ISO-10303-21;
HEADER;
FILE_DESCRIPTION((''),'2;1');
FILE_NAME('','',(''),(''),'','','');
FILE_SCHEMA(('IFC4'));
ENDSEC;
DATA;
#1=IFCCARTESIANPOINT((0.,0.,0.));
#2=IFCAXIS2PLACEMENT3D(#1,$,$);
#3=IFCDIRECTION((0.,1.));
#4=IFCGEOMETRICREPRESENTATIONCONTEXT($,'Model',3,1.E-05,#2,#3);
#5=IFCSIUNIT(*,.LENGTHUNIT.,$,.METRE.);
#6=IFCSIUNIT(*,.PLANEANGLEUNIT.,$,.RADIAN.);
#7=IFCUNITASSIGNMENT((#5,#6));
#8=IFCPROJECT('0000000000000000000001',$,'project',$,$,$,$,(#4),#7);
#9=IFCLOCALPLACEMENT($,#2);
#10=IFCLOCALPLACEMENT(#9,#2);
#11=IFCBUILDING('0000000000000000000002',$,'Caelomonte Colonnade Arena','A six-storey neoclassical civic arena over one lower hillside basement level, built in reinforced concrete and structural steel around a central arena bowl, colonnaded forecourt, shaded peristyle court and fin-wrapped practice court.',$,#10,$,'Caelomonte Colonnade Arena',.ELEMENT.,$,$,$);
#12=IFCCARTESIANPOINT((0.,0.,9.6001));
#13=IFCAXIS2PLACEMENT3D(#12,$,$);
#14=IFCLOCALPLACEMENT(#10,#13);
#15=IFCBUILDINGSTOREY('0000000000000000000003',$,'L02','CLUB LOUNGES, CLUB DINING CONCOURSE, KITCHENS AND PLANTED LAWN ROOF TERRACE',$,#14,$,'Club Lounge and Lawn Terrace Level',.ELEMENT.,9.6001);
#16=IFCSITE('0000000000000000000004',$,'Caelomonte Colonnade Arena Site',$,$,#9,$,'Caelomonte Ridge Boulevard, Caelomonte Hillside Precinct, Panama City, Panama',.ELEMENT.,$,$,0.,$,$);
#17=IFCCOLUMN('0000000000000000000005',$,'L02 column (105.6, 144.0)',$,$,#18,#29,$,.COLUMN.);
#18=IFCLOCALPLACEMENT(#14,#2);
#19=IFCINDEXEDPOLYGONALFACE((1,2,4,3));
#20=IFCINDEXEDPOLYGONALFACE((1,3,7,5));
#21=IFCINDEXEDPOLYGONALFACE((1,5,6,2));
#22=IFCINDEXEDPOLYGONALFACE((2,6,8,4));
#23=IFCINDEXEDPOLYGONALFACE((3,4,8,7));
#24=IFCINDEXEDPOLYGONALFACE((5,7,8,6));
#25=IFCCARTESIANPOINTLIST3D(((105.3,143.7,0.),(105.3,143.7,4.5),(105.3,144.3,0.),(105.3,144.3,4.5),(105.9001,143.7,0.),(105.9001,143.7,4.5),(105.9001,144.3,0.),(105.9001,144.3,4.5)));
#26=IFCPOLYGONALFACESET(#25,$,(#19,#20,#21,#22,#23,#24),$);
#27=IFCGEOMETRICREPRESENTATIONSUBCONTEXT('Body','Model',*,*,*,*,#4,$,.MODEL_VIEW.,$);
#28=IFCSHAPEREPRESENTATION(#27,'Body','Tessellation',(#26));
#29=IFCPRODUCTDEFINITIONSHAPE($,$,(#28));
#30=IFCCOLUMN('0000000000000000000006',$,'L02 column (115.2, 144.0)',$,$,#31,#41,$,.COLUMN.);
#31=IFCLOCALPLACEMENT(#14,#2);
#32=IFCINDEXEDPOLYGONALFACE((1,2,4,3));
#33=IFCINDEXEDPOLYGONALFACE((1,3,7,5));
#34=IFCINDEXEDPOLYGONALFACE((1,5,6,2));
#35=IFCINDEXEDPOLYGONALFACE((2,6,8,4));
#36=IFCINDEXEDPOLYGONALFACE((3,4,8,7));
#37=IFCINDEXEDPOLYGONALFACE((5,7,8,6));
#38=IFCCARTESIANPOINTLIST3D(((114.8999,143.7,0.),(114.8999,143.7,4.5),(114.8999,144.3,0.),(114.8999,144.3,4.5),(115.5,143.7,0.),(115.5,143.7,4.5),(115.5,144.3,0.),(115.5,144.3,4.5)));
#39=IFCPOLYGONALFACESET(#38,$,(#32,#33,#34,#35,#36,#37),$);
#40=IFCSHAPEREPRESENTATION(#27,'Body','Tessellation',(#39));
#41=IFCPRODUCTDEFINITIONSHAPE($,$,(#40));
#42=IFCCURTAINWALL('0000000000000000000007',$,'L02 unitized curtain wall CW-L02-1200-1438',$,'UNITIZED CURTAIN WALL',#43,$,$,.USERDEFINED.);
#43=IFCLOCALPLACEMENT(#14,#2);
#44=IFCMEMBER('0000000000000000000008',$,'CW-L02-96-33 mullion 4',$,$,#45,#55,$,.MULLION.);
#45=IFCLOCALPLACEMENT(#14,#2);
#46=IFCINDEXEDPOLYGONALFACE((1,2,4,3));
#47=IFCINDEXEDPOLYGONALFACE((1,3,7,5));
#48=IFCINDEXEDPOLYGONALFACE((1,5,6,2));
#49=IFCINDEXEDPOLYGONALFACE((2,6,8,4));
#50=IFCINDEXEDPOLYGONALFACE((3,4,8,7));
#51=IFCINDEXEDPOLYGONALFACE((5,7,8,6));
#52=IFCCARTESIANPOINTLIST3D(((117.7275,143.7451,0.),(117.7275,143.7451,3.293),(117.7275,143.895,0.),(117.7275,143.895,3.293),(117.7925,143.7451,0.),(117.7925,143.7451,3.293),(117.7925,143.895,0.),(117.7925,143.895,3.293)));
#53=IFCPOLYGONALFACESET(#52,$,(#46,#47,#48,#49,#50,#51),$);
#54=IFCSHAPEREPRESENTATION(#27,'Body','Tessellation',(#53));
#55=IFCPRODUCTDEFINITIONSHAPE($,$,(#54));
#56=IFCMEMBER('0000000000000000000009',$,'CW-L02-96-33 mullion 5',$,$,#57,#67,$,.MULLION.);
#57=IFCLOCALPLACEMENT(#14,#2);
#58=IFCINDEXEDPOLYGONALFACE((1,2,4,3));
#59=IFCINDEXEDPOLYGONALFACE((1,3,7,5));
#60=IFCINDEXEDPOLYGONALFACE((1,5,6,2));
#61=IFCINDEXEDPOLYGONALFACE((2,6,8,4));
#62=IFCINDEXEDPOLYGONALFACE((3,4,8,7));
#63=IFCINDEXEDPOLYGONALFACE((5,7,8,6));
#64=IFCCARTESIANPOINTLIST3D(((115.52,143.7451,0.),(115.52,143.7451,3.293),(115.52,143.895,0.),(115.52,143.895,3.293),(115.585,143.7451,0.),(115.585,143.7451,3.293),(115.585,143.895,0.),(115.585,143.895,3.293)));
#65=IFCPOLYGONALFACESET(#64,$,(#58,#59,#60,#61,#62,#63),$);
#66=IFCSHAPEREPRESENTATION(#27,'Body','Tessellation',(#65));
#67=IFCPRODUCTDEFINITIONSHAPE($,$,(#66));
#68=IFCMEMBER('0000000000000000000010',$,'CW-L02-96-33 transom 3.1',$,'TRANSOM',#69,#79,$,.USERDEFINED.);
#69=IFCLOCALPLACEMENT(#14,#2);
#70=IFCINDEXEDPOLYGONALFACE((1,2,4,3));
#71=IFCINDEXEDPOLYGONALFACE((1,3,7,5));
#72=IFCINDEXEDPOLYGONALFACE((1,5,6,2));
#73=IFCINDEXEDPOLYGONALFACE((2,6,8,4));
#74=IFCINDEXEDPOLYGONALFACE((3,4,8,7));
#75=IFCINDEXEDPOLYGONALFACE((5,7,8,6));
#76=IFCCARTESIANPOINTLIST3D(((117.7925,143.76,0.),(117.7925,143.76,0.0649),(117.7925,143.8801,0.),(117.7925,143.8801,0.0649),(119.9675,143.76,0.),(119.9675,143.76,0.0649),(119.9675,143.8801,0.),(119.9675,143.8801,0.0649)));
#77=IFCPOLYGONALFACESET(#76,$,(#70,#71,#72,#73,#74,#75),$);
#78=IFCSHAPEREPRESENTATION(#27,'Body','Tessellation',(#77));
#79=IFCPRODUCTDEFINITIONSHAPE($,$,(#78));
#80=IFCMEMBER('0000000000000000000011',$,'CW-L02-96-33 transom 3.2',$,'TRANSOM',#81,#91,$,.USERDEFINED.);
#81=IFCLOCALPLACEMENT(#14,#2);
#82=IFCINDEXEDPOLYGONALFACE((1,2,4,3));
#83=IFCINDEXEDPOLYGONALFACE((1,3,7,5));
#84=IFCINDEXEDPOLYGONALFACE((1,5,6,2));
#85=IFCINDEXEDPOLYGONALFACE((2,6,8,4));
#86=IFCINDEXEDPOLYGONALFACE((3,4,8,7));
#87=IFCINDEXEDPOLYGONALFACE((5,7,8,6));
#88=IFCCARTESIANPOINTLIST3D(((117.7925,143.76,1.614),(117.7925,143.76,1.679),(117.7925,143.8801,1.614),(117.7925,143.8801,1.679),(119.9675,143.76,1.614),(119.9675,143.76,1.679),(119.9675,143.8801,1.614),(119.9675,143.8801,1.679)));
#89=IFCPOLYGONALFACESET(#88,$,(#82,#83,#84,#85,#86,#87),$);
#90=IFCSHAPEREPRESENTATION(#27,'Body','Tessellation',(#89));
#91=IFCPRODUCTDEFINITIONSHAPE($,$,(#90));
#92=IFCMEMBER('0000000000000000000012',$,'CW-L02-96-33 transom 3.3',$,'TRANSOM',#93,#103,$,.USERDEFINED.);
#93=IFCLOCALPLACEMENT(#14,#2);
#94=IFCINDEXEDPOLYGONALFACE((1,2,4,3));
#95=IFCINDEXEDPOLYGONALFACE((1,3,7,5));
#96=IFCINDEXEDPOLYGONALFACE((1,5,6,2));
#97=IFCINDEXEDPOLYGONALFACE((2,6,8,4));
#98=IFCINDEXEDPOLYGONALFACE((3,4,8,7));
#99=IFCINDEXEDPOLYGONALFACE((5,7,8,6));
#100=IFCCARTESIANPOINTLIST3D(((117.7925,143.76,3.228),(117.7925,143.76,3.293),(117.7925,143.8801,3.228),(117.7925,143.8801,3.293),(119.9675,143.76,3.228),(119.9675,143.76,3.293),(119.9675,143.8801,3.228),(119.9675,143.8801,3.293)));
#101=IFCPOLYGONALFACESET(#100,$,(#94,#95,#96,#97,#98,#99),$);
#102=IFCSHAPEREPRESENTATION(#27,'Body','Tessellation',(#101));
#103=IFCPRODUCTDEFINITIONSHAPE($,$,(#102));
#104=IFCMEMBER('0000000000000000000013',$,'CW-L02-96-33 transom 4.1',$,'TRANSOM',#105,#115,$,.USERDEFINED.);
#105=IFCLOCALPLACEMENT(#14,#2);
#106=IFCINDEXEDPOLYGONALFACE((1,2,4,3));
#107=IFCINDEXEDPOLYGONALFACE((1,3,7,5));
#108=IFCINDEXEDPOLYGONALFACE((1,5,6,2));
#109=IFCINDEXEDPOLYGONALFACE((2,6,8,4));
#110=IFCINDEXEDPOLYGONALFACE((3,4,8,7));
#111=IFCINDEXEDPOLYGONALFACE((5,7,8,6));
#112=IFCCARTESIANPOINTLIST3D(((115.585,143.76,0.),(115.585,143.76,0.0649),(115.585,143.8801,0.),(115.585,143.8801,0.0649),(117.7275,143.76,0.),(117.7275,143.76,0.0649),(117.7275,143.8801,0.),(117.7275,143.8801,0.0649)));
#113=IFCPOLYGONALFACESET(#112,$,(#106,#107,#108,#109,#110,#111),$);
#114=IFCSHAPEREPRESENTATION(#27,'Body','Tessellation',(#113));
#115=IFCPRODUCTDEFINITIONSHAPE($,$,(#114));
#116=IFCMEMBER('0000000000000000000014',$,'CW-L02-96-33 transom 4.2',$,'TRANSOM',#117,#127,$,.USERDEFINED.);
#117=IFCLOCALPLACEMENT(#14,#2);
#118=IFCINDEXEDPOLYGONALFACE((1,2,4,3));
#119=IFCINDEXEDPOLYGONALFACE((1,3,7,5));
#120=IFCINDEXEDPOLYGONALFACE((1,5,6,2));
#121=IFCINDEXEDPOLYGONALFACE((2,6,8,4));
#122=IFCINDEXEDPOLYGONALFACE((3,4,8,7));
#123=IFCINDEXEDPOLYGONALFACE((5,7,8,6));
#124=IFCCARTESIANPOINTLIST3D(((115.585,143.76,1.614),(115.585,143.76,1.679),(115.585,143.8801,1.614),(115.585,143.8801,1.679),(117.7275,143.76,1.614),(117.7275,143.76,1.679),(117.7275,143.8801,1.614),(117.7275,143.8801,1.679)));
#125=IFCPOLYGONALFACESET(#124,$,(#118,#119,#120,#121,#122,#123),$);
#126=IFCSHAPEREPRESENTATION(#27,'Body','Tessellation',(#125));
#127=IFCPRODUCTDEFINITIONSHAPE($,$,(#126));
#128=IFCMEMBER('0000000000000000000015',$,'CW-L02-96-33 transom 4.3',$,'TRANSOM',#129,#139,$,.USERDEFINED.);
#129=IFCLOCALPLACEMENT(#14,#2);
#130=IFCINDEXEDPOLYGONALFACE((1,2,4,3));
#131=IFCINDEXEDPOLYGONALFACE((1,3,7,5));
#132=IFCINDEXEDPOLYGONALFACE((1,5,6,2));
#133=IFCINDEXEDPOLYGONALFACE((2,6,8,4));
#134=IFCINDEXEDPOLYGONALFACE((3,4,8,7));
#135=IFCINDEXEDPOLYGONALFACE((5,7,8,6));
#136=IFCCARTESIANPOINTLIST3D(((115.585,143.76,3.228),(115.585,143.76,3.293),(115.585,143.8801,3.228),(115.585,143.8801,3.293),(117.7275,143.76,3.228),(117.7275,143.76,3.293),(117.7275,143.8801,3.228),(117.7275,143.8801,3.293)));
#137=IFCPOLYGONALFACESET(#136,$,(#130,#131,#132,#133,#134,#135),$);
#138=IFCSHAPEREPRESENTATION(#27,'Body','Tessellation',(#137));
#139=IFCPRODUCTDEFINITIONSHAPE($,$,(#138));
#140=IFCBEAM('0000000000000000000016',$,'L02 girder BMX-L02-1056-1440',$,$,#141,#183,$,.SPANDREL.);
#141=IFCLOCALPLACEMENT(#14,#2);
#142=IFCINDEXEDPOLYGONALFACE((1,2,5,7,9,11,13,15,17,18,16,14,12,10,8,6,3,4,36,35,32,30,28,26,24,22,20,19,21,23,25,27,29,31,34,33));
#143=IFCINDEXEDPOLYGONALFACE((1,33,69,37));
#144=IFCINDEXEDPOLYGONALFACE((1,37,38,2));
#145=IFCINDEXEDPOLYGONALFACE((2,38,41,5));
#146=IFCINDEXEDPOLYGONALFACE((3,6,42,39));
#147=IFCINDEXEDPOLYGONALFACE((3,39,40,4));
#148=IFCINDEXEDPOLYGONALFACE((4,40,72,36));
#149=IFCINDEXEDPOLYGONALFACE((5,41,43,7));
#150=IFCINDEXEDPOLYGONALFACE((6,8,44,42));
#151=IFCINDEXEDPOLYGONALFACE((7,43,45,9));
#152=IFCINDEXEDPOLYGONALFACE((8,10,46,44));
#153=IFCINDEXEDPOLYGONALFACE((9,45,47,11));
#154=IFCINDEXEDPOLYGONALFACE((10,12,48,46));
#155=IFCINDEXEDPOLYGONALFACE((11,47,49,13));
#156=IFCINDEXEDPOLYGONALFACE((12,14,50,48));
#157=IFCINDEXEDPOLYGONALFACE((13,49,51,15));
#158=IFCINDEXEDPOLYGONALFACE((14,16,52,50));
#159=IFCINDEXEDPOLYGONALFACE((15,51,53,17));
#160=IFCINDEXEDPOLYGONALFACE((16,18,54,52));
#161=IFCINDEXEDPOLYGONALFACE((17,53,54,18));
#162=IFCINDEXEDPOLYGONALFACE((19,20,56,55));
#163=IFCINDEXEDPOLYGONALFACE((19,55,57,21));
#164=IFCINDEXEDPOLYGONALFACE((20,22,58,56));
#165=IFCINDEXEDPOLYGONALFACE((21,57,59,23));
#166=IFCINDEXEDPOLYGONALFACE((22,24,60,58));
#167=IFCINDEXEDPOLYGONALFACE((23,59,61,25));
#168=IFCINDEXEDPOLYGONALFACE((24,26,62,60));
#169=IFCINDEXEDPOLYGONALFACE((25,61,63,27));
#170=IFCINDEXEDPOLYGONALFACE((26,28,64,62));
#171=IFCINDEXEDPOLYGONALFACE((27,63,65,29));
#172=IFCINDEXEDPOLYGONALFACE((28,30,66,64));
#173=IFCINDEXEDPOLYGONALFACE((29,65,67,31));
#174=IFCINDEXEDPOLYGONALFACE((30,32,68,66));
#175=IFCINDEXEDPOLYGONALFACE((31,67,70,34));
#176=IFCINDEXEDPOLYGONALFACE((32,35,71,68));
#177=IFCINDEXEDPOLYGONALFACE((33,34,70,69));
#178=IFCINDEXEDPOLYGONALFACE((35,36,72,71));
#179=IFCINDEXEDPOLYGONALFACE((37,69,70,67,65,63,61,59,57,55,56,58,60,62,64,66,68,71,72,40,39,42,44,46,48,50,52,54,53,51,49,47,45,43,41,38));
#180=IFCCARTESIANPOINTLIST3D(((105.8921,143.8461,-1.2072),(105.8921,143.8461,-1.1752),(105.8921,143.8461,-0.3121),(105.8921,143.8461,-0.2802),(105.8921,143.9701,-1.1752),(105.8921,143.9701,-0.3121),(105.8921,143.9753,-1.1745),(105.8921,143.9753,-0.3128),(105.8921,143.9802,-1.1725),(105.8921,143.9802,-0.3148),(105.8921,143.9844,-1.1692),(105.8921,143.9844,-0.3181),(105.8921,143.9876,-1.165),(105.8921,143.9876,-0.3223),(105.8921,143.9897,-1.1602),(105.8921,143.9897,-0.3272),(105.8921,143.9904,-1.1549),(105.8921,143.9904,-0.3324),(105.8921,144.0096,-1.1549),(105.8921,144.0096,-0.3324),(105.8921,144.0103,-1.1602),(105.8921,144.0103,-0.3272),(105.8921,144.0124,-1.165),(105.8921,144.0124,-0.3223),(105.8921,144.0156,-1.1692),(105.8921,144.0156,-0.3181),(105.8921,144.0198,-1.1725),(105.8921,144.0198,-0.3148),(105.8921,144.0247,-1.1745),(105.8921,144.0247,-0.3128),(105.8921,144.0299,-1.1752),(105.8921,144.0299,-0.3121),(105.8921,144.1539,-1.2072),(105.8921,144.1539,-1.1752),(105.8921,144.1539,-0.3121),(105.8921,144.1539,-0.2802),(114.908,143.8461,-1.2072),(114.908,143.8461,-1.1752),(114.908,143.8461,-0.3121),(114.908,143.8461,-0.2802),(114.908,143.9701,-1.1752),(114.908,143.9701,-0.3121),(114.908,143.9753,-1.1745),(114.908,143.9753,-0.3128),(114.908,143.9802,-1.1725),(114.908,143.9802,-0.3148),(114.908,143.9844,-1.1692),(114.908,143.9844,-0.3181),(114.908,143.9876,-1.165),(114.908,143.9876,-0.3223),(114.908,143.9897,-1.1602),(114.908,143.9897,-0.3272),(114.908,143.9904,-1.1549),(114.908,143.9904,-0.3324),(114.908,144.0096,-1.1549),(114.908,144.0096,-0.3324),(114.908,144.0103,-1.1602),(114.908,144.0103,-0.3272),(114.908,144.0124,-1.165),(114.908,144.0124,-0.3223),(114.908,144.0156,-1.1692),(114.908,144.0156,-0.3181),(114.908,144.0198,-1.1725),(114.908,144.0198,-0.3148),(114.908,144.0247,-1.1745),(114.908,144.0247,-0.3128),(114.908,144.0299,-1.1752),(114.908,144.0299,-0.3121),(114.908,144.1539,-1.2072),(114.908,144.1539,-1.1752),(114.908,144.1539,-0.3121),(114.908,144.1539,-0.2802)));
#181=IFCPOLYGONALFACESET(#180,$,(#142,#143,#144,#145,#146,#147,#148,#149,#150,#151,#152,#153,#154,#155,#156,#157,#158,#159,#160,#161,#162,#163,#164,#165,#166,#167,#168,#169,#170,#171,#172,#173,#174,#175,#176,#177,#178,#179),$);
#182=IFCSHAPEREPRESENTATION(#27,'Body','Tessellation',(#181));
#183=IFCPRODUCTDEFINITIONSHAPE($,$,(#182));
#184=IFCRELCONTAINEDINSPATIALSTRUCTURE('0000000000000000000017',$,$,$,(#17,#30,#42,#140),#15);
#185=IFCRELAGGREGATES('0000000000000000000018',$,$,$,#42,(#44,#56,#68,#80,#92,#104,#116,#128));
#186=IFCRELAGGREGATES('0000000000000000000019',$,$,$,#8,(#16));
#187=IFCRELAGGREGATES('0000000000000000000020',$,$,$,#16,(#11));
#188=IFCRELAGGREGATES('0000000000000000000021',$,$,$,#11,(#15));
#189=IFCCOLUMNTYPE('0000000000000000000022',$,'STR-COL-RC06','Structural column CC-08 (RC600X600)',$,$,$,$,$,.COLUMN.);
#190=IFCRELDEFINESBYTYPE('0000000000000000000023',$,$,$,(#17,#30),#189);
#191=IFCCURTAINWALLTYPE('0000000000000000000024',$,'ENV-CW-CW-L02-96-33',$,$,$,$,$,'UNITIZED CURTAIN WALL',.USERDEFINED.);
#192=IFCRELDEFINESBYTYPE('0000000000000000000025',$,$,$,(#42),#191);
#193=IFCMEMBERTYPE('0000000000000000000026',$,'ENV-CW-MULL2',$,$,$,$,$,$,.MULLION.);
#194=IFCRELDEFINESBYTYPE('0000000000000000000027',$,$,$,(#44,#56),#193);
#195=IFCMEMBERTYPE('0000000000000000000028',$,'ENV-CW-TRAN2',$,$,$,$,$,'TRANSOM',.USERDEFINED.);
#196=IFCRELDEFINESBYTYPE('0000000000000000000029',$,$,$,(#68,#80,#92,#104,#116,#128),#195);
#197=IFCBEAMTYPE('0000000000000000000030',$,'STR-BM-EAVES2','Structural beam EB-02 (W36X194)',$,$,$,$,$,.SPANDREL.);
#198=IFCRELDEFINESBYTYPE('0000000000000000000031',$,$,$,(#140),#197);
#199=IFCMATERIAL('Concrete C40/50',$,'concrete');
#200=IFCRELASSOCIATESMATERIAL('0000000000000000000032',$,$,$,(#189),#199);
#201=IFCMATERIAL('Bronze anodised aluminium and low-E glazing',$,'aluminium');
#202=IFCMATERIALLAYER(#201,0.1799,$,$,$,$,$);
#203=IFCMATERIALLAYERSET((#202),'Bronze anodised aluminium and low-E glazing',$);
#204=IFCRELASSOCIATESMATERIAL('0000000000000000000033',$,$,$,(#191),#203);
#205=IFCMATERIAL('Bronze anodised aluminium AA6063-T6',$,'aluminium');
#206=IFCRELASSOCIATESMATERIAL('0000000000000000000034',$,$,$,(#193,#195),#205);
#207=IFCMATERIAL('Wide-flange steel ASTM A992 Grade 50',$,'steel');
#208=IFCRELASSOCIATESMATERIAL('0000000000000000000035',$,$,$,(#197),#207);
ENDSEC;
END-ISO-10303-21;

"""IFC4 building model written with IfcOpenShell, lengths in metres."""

from ifc_helpers import new_model, si_unit, direction, frame, origin, origin_2d, place, context, subcontext, project, spatial, rectangle, i_section, extrude, material, layer, layer_set, material_profile, profile_set, type_object, element, aggregate, save


model = new_model("IFC4")

# Units and contexts
model_context = context("Model", 3, precision=1e-05, world=origin(), true_north=direction((0.0, 1.0)))
body_context = subcontext(model_context, "Body", "Model", "MODEL_VIEW")
ifc_project = project(units=[si_unit("LENGTHUNIT", "METRE"), si_unit("PLANEANGLEUNIT", "RADIAN")], contexts=[model_context])

# Site, building, storey
site_placement = place(None, origin())
site = spatial("IfcSite", under=ifc_project, at=site_placement, Name="Caelomonte Colonnade Arena Site", LongName="Caelomonte Ridge Boulevard, Caelomonte Hillside Precinct, Panama City, Panama", CompositionType="ELEMENT", RefElevation=0.0)
building_placement = place(site_placement, origin())
building = spatial("IfcBuilding", under=site, at=building_placement, Name="Caelomonte Colonnade Arena", Description="A six-storey neoclassical civic arena over one lower hillside basement level, built in reinforced concrete and structural steel around a central arena bowl, colonnaded forecourt, shaded peristyle court and fin-wrapped practice court.", LongName="Caelomonte Colonnade Arena", CompositionType="ELEMENT")
storey_placement = place(building_placement, frame((0.0, 0.0, 9.6001)))
storey = spatial("IfcBuildingStorey", under=building, at=storey_placement, Name="L02", Description="CLUB LOUNGES, CLUB DINING CONCOURSE, KITCHENS AND PLANTED LAWN ROOF TERRACE", LongName="Club Lounge and Lawn Terrace Level", CompositionType="ELEMENT", Elevation=9.6001)

# Columns
ifc_material_1 = material(Name="Concrete C40/50", Category="concrete")
ifc_material_profile_1 = material_profile(ifc_material_1, rectangle(XDim=0.6001, YDim=0.6001, at=origin_2d()), Name="RC600X600")
ifc_profile_set_1 = profile_set([ifc_material_profile_1], Name="Concrete C40/50")
column_type = type_object("IfcColumnType", Name="STR-COL-RC06", Description="Structural column CC-08 (RC600X600)", PredefinedType="COLUMN", material=ifc_profile_set_1)
for number, where, z_axis, x_axis, name in (
    (1, (105.6001, 144.0, 0.0), (0.0, 0.0, 1.0), (1.0, 0.0, 0.0), "L02 column (105.6, 144.0)"),
    (2, (115.2, 144.0, 0.0), (0.0, 0.0, 1.0), (1.0, 0.0, 0.0), "L02 column (115.2, 144.0)"),
):
    element("IfcColumn", number, at=place(storey_placement, frame(where, z_axis=z_axis, x_axis=x_axis)), inside=storey, type_object=column_type, Name=name, PredefinedType="COLUMN", context=body_context, shape_type="SweptSolid", body=[
        extrude(rectangle(XDim=0.6001, YDim=0.6001, at=origin_2d()), origin(), (0.0, 0.0, 1.0), 4.5),
    ])

# Curtain wall, members
ifc_material_2 = material(Name="Bronze anodised aluminium and low-E glazing", Category="aluminium")
ifc_layer_1 = layer(ifc_material_2, 0.1799)
ifc_layer_set_1 = layer_set([ifc_layer_1], Name="Bronze anodised aluminium and low-E glazing")
curtain_wall_type = type_object("IfcCurtainWallType", Name="ENV-CW-CW-L02-96-33", ElementType="UNITIZED CURTAIN WALL", PredefinedType="USERDEFINED", material=ifc_layer_set_1)
curtain_wall_placement = place(storey_placement, origin())
curtain_wall = element("IfcCurtainWall", 3, at=curtain_wall_placement, inside=storey, type_object=curtain_wall_type, Name="L02 unitized curtain wall CW-L02-1200-1438", ObjectType="UNITIZED CURTAIN WALL", PredefinedType="USERDEFINED")
ifc_material_3 = material(Name="Bronze anodised aluminium AA6063-T6", Category="aluminium")
ifc_material_profile_2 = material_profile(ifc_material_3, rectangle(XDim=0.0649, YDim=0.1499, at=origin_2d()), Name="CWM-65X150")
ifc_profile_set_2 = profile_set([ifc_material_profile_2], Name="Bronze anodised aluminium AA6063-T6")
member_type_1 = type_object("IfcMemberType", Name="ENV-CW-MULL2", PredefinedType="MULLION", material=ifc_profile_set_2)
member_1_placement = place(storey_placement, frame((117.76, 143.8201, 0.0), z_axis=(0.0, 0.0, 1.0), x_axis=(-1.0, 0.0, 0.0)))
member_1 = element("IfcMember", 4, at=member_1_placement, type_object=member_type_1, Name="CW-L02-96-33 mullion 4", PredefinedType="MULLION", context=body_context, shape_type="SweptSolid", body=[
    extrude(rectangle(XDim=0.0649, YDim=0.1499, at=origin_2d()), origin(), (0.0, 0.0, 1.0), 3.293),
])
member_2_placement = place(storey_placement, frame((115.5525, 143.8201, 0.0), z_axis=(0.0, 0.0, 1.0), x_axis=(-1.0, 0.0, 0.0)))
member_2 = element("IfcMember", 5, at=member_2_placement, type_object=member_type_1, Name="CW-L02-96-33 mullion 5", PredefinedType="MULLION", context=body_context, shape_type="SweptSolid", body=[
    extrude(rectangle(XDim=0.0649, YDim=0.1499, at=origin_2d()), origin(), (0.0, 0.0, 1.0), 3.293),
])
ifc_material_profile_3 = material_profile(ifc_material_3, rectangle(XDim=0.0649, YDim=0.1201, at=origin_2d()), Name="CWT-65X120")
ifc_profile_set_3 = profile_set([ifc_material_profile_3], Name="Bronze anodised aluminium AA6063-T6")
member_type_2 = type_object("IfcMemberType", Name="ENV-CW-TRAN2", ElementType="TRANSOM", PredefinedType="USERDEFINED", material=ifc_profile_set_3)
member_3_placement = place(storey_placement, frame((119.9675, 143.8201, 0.0325), z_axis=(-1.0, 0.0, 0.0), x_axis=(0.0, 0.0, 1.0)))
member_3 = element("IfcMember", 6, at=member_3_placement, type_object=member_type_2, Name="CW-L02-96-33 transom 3.1", ObjectType="TRANSOM", PredefinedType="USERDEFINED", context=body_context, shape_type="SweptSolid", body=[
    extrude(rectangle(XDim=0.0649, YDim=0.1201, at=origin_2d()), origin(), (0.0, 0.0, 1.0), 2.175),
])
member_4_placement = place(storey_placement, frame((119.9675, 143.8201, 1.6465), z_axis=(-1.0, 0.0, 0.0), x_axis=(0.0, 0.0, 1.0)))
member_4 = element("IfcMember", 7, at=member_4_placement, type_object=member_type_2, Name="CW-L02-96-33 transom 3.2", ObjectType="TRANSOM", PredefinedType="USERDEFINED", context=body_context, shape_type="SweptSolid", body=[
    extrude(rectangle(XDim=0.0649, YDim=0.1201, at=origin_2d()), origin(), (0.0, 0.0, 1.0), 2.175),
])
member_5_placement = place(storey_placement, frame((119.9675, 143.8201, 3.2605), z_axis=(-1.0, 0.0, 0.0), x_axis=(0.0, 0.0, 1.0)))
member_5 = element("IfcMember", 8, at=member_5_placement, type_object=member_type_2, Name="CW-L02-96-33 transom 3.3", ObjectType="TRANSOM", PredefinedType="USERDEFINED", context=body_context, shape_type="SweptSolid", body=[
    extrude(rectangle(XDim=0.0649, YDim=0.1201, at=origin_2d()), origin(), (0.0, 0.0, 1.0), 2.175),
])
member_6_placement = place(storey_placement, frame((117.7275, 143.8201, 0.0325), z_axis=(-1.0, 0.0, 0.0), x_axis=(0.0, 0.0, 1.0)))
member_6 = element("IfcMember", 9, at=member_6_placement, type_object=member_type_2, Name="CW-L02-96-33 transom 4.1", ObjectType="TRANSOM", PredefinedType="USERDEFINED", context=body_context, shape_type="SweptSolid", body=[
    extrude(rectangle(XDim=0.0649, YDim=0.1201, at=origin_2d()), origin(), (0.0, 0.0, 1.0), 2.1426),
])
member_7_placement = place(storey_placement, frame((117.7275, 143.8201, 1.6465), z_axis=(-1.0, 0.0, 0.0), x_axis=(0.0, 0.0, 1.0)))
member_7 = element("IfcMember", 10, at=member_7_placement, type_object=member_type_2, Name="CW-L02-96-33 transom 4.2", ObjectType="TRANSOM", PredefinedType="USERDEFINED", context=body_context, shape_type="SweptSolid", body=[
    extrude(rectangle(XDim=0.0649, YDim=0.1201, at=origin_2d()), origin(), (0.0, 0.0, 1.0), 2.1426),
])
member_8_placement = place(storey_placement, frame((117.7275, 143.8201, 3.2605), z_axis=(-1.0, 0.0, 0.0), x_axis=(0.0, 0.0, 1.0)))
member_8 = element("IfcMember", 11, at=member_8_placement, type_object=member_type_2, Name="CW-L02-96-33 transom 4.3", ObjectType="TRANSOM", PredefinedType="USERDEFINED", context=body_context, shape_type="SweptSolid", body=[
    extrude(rectangle(XDim=0.0649, YDim=0.1201, at=origin_2d()), origin(), (0.0, 0.0, 1.0), 2.1426),
])

# Beam
ifc_material_4 = material(Name="Wide-flange steel ASTM A992 Grade 50", Category="steel")
ifc_material_profile_4 = material_profile(ifc_material_4, i_section(OverallWidth=0.3079, OverallDepth=0.927, WebThickness=0.0193, FlangeThickness=0.032, FilletRadius=0.0203, at=origin_2d()), Name="W36X194")
ifc_profile_set_4 = profile_set([ifc_material_profile_4], Name="Wide-flange steel ASTM A992 Grade 50")
beam_type_1 = type_object("IfcBeamType", Name="STR-BM-EAVES2", Description="Structural beam EB-02 (W36X194)", PredefinedType="SPANDREL", material=ifc_profile_set_4)
beam_1_placement = place(storey_placement, frame((105.8921, 144.0, -0.7437), z_axis=(1.0, 0.0, 0.0), x_axis=(0.0, 1.0, 0.0)))
element("IfcBeam", 12, at=beam_1_placement, inside=storey, type_object=beam_type_1, Name="L02 girder BMX-L02-1056-1440", PredefinedType="SPANDREL", context=body_context, shape_type="SweptSolid", body=[
    extrude(i_section(OverallWidth=0.3079, OverallDepth=0.927, WebThickness=0.0193, FlangeThickness=0.032, FilletRadius=0.0203, at=origin_2d()), origin(), (0.0, 0.0, 1.0), 9.0159),
])

aggregate(curtain_wall, [member_1, member_2, member_3, member_4, member_5, member_6, member_7, member_8])

save(model, "model.ifc")
